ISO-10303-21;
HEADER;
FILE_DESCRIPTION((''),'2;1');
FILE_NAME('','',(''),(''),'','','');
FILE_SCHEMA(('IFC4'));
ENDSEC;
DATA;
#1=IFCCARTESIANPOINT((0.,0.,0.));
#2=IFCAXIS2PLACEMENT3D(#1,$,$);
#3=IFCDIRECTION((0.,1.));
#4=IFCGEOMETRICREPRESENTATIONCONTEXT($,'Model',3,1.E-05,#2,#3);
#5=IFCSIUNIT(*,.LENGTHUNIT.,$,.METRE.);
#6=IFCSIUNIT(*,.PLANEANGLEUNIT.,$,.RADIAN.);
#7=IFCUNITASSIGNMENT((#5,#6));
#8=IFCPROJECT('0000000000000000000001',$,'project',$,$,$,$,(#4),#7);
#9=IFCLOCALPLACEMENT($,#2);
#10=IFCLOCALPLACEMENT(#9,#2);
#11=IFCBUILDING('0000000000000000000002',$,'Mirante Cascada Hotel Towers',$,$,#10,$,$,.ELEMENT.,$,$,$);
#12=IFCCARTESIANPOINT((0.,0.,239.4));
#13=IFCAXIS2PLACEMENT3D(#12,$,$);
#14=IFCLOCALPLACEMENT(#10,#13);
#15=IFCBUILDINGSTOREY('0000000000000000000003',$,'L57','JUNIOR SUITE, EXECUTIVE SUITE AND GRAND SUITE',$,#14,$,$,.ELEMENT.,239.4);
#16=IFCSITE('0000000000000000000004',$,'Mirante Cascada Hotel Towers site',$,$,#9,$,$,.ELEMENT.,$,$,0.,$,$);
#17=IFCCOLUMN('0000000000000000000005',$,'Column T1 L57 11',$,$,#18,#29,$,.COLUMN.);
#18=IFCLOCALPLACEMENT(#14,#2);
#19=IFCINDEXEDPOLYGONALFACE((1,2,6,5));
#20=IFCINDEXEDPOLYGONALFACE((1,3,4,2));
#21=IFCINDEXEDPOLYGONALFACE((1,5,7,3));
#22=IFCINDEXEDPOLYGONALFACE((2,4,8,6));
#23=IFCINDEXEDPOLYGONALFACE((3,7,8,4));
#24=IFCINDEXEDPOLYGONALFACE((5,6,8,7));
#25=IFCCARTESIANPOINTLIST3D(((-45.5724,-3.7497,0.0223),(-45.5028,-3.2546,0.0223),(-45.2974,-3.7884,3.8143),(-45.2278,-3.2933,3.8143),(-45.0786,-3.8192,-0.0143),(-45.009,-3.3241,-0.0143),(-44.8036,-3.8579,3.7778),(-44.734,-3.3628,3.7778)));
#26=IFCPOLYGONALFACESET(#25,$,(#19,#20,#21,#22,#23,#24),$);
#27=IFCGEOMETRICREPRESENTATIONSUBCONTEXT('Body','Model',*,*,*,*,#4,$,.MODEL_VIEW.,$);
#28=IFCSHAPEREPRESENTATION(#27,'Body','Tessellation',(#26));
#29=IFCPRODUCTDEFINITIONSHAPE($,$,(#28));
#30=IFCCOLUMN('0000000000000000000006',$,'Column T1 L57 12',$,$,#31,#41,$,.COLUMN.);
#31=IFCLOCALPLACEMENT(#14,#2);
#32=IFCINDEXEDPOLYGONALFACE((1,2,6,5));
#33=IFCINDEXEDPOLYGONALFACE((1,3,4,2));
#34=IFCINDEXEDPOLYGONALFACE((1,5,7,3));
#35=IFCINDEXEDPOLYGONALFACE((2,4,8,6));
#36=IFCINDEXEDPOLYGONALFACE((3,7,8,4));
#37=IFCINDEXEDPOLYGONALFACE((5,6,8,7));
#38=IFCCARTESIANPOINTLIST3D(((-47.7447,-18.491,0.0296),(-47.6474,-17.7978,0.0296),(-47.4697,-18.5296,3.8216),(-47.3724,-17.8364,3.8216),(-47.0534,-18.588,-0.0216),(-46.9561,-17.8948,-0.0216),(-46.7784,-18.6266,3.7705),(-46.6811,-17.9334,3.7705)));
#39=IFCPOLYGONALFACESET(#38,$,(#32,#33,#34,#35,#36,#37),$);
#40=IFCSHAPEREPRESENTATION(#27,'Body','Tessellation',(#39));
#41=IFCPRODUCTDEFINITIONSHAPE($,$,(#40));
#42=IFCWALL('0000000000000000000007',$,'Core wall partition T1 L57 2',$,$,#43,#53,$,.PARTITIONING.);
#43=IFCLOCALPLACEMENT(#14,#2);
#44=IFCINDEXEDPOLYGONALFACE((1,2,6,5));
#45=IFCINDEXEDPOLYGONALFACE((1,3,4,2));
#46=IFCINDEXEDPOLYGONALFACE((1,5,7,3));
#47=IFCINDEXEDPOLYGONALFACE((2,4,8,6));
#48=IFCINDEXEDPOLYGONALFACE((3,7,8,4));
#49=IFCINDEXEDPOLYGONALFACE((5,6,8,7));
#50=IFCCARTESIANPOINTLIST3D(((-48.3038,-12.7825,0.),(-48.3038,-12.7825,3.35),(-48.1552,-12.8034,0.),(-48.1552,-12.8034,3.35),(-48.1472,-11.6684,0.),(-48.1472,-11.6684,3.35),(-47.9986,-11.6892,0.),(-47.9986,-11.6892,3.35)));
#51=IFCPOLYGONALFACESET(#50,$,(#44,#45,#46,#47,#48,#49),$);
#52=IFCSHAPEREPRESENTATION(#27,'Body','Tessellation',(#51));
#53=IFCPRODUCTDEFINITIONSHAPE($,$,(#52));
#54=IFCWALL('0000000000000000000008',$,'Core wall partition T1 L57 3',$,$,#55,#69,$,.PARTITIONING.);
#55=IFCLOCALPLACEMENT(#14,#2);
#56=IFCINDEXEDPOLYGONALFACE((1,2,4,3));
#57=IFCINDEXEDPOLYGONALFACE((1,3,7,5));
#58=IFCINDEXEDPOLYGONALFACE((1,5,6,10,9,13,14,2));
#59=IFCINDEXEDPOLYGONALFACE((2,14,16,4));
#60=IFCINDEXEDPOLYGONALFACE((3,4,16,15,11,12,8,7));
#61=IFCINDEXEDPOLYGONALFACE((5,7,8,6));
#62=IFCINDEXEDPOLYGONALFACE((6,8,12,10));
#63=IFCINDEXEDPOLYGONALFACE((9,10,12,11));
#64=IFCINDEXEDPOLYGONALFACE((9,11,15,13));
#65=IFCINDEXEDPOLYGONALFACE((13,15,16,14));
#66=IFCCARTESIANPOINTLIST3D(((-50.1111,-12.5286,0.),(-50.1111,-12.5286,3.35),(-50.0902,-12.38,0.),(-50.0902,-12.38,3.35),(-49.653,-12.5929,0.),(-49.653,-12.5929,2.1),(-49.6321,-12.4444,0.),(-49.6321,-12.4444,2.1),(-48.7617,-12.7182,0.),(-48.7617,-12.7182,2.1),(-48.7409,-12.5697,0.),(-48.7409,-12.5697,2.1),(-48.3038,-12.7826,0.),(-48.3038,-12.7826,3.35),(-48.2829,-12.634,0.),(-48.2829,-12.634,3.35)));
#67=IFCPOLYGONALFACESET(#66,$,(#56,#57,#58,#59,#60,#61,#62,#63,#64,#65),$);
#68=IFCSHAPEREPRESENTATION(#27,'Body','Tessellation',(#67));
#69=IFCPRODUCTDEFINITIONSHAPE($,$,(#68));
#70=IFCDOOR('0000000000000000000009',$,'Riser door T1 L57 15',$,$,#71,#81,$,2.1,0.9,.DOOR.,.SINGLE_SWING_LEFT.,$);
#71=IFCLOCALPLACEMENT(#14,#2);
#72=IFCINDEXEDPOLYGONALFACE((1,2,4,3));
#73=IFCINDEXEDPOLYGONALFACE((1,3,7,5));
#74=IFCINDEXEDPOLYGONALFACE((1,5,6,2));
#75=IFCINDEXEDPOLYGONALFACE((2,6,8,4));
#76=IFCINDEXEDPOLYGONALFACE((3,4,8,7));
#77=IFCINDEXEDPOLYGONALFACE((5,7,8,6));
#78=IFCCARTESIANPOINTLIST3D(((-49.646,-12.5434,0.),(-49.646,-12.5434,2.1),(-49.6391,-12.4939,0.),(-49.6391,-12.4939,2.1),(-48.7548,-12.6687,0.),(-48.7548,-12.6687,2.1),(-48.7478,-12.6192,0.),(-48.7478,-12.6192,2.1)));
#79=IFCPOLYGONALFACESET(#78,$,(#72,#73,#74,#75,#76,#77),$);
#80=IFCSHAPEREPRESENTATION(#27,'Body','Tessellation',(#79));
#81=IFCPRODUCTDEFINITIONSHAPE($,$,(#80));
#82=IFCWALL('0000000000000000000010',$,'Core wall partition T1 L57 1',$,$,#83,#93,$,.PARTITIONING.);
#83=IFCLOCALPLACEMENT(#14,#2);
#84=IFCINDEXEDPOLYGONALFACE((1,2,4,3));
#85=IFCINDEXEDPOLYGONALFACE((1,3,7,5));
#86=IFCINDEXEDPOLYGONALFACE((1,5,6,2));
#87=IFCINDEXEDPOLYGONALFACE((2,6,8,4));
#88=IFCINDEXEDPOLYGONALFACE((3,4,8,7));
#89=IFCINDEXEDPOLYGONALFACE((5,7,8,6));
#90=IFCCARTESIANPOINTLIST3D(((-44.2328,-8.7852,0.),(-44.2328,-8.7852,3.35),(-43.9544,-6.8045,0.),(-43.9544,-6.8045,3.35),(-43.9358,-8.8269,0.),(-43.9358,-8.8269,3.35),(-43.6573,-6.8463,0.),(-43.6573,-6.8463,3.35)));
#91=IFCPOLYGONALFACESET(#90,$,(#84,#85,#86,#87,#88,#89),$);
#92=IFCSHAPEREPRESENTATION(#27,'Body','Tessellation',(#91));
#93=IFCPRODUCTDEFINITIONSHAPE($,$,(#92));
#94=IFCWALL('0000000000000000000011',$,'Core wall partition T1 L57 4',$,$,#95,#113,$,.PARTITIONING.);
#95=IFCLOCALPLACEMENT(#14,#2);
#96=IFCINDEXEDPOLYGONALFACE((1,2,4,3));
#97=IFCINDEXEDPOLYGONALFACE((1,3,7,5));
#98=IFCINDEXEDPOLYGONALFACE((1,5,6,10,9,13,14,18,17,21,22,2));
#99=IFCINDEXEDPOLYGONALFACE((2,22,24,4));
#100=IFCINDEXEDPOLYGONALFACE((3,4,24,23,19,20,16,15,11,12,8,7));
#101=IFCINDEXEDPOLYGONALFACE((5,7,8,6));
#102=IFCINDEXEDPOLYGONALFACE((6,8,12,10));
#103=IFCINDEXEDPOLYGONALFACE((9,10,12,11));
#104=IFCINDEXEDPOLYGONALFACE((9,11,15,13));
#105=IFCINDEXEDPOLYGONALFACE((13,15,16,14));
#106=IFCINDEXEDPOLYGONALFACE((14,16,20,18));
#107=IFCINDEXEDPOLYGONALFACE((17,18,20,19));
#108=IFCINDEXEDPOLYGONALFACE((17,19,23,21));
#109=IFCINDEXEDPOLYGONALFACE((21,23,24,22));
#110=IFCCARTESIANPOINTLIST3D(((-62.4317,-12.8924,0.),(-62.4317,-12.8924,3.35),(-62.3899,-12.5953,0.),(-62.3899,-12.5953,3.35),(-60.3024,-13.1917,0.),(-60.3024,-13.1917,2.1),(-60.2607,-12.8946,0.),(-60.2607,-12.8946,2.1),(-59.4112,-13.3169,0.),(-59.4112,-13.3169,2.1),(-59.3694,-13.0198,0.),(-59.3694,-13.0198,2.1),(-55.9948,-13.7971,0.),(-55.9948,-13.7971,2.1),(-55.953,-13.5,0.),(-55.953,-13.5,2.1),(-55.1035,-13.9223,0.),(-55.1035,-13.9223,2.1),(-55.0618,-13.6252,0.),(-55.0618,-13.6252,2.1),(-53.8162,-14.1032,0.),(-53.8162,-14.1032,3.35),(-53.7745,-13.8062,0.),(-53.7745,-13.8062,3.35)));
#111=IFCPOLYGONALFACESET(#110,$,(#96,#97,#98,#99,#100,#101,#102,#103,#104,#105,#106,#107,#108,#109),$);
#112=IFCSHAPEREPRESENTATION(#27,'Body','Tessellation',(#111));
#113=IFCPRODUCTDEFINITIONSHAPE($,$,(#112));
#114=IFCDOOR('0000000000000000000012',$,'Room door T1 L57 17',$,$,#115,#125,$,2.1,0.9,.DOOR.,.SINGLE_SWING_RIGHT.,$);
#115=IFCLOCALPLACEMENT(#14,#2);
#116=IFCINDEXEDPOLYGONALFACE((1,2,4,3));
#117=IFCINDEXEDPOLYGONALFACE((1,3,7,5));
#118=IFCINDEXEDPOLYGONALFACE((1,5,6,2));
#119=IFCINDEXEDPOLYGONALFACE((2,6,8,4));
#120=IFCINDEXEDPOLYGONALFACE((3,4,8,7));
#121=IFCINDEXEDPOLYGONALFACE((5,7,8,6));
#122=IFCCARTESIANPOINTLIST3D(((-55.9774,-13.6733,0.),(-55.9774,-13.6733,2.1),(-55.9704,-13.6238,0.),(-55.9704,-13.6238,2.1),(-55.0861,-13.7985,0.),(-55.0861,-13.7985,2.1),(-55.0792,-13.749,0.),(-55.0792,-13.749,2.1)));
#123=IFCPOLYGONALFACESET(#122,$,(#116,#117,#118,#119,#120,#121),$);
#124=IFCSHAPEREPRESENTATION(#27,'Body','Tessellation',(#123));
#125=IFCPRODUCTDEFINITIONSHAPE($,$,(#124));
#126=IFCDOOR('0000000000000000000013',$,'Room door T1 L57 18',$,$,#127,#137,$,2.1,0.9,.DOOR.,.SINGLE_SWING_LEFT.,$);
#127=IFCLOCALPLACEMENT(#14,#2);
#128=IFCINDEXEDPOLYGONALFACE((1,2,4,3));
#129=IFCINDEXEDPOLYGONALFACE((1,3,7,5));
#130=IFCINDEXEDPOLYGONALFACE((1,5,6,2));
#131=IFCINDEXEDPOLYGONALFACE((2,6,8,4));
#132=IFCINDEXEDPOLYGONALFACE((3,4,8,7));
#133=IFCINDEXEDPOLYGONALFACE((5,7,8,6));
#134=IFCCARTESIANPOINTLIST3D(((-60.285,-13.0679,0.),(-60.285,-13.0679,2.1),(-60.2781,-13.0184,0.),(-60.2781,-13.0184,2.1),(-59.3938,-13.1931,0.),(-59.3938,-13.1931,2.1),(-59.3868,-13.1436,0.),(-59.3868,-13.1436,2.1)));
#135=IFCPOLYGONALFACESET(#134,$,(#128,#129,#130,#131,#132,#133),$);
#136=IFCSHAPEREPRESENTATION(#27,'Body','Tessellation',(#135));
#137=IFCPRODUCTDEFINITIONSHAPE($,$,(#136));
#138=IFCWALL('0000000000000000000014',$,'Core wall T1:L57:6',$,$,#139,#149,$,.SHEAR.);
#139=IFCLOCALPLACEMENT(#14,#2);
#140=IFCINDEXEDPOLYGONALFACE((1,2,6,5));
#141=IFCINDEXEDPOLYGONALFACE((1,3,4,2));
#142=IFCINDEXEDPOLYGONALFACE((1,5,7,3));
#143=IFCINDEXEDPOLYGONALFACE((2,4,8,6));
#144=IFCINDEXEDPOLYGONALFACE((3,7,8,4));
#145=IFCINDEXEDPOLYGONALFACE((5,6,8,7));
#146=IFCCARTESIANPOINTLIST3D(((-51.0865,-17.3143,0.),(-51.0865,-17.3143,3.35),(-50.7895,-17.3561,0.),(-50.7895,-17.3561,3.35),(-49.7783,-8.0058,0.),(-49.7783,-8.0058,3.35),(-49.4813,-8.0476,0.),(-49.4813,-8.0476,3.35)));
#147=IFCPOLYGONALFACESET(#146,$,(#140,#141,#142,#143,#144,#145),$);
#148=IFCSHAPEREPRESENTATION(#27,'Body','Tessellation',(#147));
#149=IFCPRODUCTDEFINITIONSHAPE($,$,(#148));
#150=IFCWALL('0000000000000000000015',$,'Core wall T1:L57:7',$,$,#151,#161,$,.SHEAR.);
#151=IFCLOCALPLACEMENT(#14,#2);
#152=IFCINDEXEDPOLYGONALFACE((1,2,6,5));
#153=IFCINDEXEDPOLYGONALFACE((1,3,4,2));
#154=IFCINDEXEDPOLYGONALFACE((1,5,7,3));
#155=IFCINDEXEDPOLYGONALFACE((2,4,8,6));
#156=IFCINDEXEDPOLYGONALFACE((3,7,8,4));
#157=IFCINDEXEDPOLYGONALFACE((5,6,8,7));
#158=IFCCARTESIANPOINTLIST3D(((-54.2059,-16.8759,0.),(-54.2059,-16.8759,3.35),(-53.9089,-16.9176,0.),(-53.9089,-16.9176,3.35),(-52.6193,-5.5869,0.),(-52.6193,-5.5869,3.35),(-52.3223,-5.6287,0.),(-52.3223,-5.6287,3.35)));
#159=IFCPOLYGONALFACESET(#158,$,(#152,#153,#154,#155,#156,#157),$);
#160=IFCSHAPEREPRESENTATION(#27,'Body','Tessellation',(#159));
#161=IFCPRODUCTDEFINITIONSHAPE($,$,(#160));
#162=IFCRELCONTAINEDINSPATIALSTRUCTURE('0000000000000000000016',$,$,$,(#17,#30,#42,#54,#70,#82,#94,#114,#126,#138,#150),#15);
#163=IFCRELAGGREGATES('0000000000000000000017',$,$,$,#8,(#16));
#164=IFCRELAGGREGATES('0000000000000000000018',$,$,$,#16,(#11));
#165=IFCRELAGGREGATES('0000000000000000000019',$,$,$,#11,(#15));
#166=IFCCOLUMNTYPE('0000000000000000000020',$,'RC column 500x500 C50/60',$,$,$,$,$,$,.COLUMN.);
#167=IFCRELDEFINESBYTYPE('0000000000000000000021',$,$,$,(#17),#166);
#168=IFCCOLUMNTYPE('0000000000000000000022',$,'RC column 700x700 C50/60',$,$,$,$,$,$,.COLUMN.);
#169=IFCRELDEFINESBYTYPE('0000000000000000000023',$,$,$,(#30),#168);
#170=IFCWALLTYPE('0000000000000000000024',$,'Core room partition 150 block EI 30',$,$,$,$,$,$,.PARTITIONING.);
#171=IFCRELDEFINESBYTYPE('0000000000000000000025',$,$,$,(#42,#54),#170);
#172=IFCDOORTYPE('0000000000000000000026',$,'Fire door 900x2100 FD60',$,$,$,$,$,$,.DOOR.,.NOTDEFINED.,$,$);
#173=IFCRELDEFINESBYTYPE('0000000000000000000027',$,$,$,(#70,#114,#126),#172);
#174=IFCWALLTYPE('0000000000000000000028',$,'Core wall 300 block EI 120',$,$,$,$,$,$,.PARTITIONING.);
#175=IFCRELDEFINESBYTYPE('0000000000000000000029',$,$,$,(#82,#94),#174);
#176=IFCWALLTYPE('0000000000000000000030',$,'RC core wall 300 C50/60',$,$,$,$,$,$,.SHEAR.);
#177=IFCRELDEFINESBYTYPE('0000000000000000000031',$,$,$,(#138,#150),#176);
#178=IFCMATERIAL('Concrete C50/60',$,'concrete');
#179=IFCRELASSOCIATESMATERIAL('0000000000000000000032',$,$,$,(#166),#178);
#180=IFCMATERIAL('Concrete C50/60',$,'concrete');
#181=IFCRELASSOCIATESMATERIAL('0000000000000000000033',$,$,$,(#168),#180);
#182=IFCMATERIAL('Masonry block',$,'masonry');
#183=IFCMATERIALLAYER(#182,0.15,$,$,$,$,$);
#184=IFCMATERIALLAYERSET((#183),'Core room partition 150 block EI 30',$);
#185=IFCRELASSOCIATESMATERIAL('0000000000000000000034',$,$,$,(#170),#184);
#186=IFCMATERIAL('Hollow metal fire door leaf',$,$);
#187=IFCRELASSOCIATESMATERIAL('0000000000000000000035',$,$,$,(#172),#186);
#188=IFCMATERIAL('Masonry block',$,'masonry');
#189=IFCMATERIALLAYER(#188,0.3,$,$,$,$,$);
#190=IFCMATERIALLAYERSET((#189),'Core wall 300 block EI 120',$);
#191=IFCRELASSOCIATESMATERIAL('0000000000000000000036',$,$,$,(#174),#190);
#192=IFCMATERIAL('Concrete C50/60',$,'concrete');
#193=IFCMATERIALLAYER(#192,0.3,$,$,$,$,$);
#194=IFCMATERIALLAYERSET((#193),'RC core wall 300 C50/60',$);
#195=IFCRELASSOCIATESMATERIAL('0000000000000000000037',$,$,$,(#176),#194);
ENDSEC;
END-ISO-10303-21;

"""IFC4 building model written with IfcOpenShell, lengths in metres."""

from ifc_helpers import new_model, si_unit, direction, frame, frame_2d, origin, origin_2d, place, context, subcontext, project, spatial, rectangle, extrude, material, layer, layer_set, material_profile, profile_set, type_object, element, fill, save


model = new_model("IFC4")

# Units and contexts
model_context = context("Model", 3, precision=1e-05, world=origin(), true_north=direction((0.0, 1.0)))
body_context = subcontext(model_context, "Body", "Model", "MODEL_VIEW")
ifc_project = project(units=[si_unit("LENGTHUNIT", "METRE"), si_unit("PLANEANGLEUNIT", "RADIAN")], contexts=[model_context])

# Site, building, storey
site_placement = place(None, origin())
site = spatial("IfcSite", under=ifc_project, at=site_placement, Name="Mirante Cascada Hotel Towers site", CompositionType="ELEMENT", RefElevation=0.0)
building_placement = place(site_placement, origin())
building = spatial("IfcBuilding", under=site, at=building_placement, Name="Mirante Cascada Hotel Towers", CompositionType="ELEMENT")
storey_placement = place(building_placement, frame((0.0, 0.0, 239.4)))
storey = spatial("IfcBuildingStorey", under=building, at=storey_placement, Name="L57", Description="JUNIOR SUITE, EXECUTIVE SUITE AND GRAND SUITE", CompositionType="ELEMENT", Elevation=239.4)

# Columns
ifc_material_1 = material(Name="Concrete C50/60", Category="concrete")
ifc_material_profile_1 = material_profile(ifc_material_1, rectangle(XDim=0.5, YDim=0.5, at=origin_2d()), Name="RC column 500x500 C50/60")
ifc_profile_set_1 = profile_set([ifc_material_profile_1], Name="Concrete C50/60")
column_type_1 = type_object("IfcColumnType", Name="RC column 500x500 C50/60", PredefinedType="COLUMN", material=ifc_profile_set_1)
column_1_placement = place(storey_placement, frame((-45.2907, -3.5369, 0.004), z_axis=(0.072327, -0.010178, 0.997329), x_axis=(0.139354, 0.990243, 0.0)))
element("IfcColumn", 1, at=column_1_placement, inside=storey, type_object=column_type_1, Name="Column T1 L57 11", PredefinedType="COLUMN", context=body_context, shape_type="SweptSolid", body=[
    extrude(rectangle(XDim=0.5, YDim=0.5, at=origin_2d()), origin(), (0.0, 0.0, 1.0), 3.8022),
])
ifc_material_2 = material(Name="Concrete C50/60", Category="concrete")
ifc_material_profile_2 = material_profile(ifc_material_2, rectangle(XDim=0.7, YDim=0.7, at=origin_2d()), Name="RC column 700x700 C50/60")
ifc_profile_set_2 = profile_set([ifc_material_profile_2], Name="Concrete C50/60")
column_type_2 = type_object("IfcColumnType", Name="RC column 700x700 C50/60", PredefinedType="COLUMN", material=ifc_profile_set_2)
column_2_placement = place(storey_placement, frame((-47.3504, -18.1929, 0.004), z_axis=(0.072327, -0.010152, 0.997329), x_axis=(0.139001, 0.990292, 0.0)))
element("IfcColumn", 2, at=column_2_placement, inside=storey, type_object=column_type_2, Name="Column T1 L57 12", PredefinedType="COLUMN", context=body_context, shape_type="SweptSolid", body=[
    extrude(rectangle(XDim=0.7, YDim=0.7, at=origin_2d()), origin(), (0.0, 0.0, 1.0), 3.8022),
])

# Wall
ifc_material_3 = material(Name="Masonry block", Category="masonry")
ifc_layer_1 = layer(ifc_material_3, 0.15)
ifc_layer_set_1 = layer_set([ifc_layer_1], Name="Core room partition 150 block EI 30")
wall_type_1 = type_object("IfcWallType", Name="Core room partition 150 block EI 30", PredefinedType="PARTITIONING", material=ifc_layer_set_1)
wall_1_placement = place(storey_placement, frame((-48.2295, -12.793, 0.0), z_axis=(0.0, 0.0, 1.0), x_axis=(0.139193, 0.990265, 0.0)))
element("IfcWall", 3, at=wall_1_placement, inside=storey, type_object=wall_type_1, Name="Core wall partition T1 L57 2", PredefinedType="PARTITIONING", context=body_context, shape_type="SweptSolid", body=[
    extrude(rectangle(XDim=1.1251, YDim=0.15, at=frame_2d((0.5626, 0.0))), origin(), (0.0, 0.0, 1.0), 3.35),
])

# Wall, opening, door
wall_2_placement = place(storey_placement, frame((-48.2933, -12.7083, 0.0), z_axis=(0.0, 0.0, 1.0), x_axis=(-0.990268, 0.139173, 0.0)))
wall_2 = element("IfcWall", 4, at=wall_2_placement, inside=storey, type_object=wall_type_1, Name="Core wall partition T1 L57 3", PredefinedType="PARTITIONING", context=body_context, shape_type="SweptSolid", body=[
    extrude(rectangle(XDim=1.8251, YDim=0.15, at=frame_2d((0.9126, 0.0))), origin(), (0.0, 0.0, 1.0), 3.35),
])
opening_1_placement = place(wall_2_placement, frame((0.4625, 0.0, 0.0)))
opening_1 = element("IfcOpeningElement", 5, at=opening_1_placement, cuts=wall_2, PredefinedType="OPENING", context=body_context, shape_type="SweptSolid", body=[
    extrude(rectangle(XDim=0.9, YDim=2.1, at=frame_2d((0.45, 1.05))), frame((0.0, 0.075, 0.0), z_axis=(0.0, -1.0, 0.0), x_axis=(1.0, 0.0, 0.0)), (0.0, 0.0, 1.0), 0.15),
])
ifc_material_4 = material(Name="Hollow metal fire door leaf")
door_type_1 = type_object("IfcDoorType", Name="Fire door 900x2100 FD60", OperationType="NOTDEFINED", PredefinedType="DOOR", material=ifc_material_4)
door_1_placement = place(opening_1_placement, origin())
door_1 = element("IfcDoor", 6, at=door_1_placement, inside=storey, type_object=door_type_1, Name="Riser door T1 L57 15", OperationType="SINGLE_SWING_LEFT", OverallHeight=2.1, OverallWidth=0.9, PredefinedType="DOOR", context=body_context, shape_type="SweptSolid", body=[
    extrude(rectangle(XDim=0.9, YDim=2.1, at=frame_2d((0.45, 1.05))), frame((0.0, 0.025, 0.0), z_axis=(0.0, -1.0, 0.0), x_axis=(1.0, 0.0, 0.0)), (0.0, 0.0, 1.0), 0.05),
])
fill(opening_1, door_1)

# Wall
ifc_material_5 = material(Name="Masonry block", Category="masonry")
ifc_layer_2 = layer(ifc_material_5, 0.3)
ifc_layer_set_2 = layer_set([ifc_layer_2], Name="Core wall 300 block EI 120")
wall_type_2 = type_object("IfcWallType", Name="Core wall 300 block EI 120", PredefinedType="PARTITIONING", material=ifc_layer_set_2)
wall_3_placement = place(storey_placement, frame((-44.0843, -8.8061, 0.0), z_axis=(0.0, 0.0, 1.0), x_axis=(0.139195, 0.990265, 0.0)))
element("IfcWall", 7, at=wall_3_placement, inside=storey, type_object=wall_type_2, Name="Core wall partition T1 L57 1", PredefinedType="PARTITIONING", context=body_context, shape_type="SweptSolid", body=[
    extrude(rectangle(XDim=2.0001, YDim=0.3, at=frame_2d((1.0001, 0.0))), origin(), (0.0, 0.0, 1.0), 3.35),
])

# Wall, openings, doors
wall_4_placement = place(storey_placement, frame((-53.7953, -13.9547, 0.0), z_axis=(0.0, 0.0, 1.0), x_axis=(-0.990268, 0.139171, 0.0)))
wall_4 = element("IfcWall", 8, at=wall_4_placement, inside=storey, type_object=wall_type_2, Name="Core wall partition T1 L57 4", PredefinedType="PARTITIONING", context=body_context, shape_type="SweptSolid", body=[
    extrude(rectangle(XDim=8.7001, YDim=0.3, at=frame_2d((4.3501, 0.0))), origin(), (0.0, 0.0, 1.0), 3.35),
])
opening_2_placement = place(wall_4_placement, frame((1.3, 0.0, 0.0)))
opening_2 = element("IfcOpeningElement", 9, at=opening_2_placement, cuts=wall_4, PredefinedType="OPENING", context=body_context, shape_type="SweptSolid", body=[
    extrude(rectangle(XDim=0.9, YDim=2.1, at=frame_2d((0.45, 1.05))), frame((0.0, 0.15, 0.0), z_axis=(0.0, -1.0, 0.0), x_axis=(1.0, 0.0, 0.0)), (0.0, 0.0, 1.0), 0.3),
])
opening_3_placement = place(wall_4_placement, frame((5.65, 0.0, 0.0)))
opening_3 = element("IfcOpeningElement", 10, at=opening_3_placement, cuts=wall_4, PredefinedType="OPENING", context=body_context, shape_type="SweptSolid", body=[
    extrude(rectangle(XDim=0.9, YDim=2.1, at=frame_2d((0.45, 1.05))), frame((0.0, 0.15, 0.0), z_axis=(0.0, -1.0, 0.0), x_axis=(1.0, 0.0, 0.0)), (0.0, 0.0, 1.0), 0.3),
])
door_2_placement = place(opening_2_placement, origin())
door_2 = element("IfcDoor", 11, at=door_2_placement, inside=storey, type_object=door_type_1, Name="Room door T1 L57 17", OperationType="SINGLE_SWING_RIGHT", OverallHeight=2.1, OverallWidth=0.9, PredefinedType="DOOR", context=body_context, shape_type="SweptSolid", body=[
    extrude(rectangle(XDim=0.9, YDim=2.1, at=frame_2d((0.45, 1.05))), frame((0.0, 0.025, 0.0), z_axis=(0.0, -1.0, 0.0), x_axis=(1.0, 0.0, 0.0)), (0.0, 0.0, 1.0), 0.05),
])
fill(opening_2, door_2)
door_3_placement = place(opening_3_placement, origin())
door_3 = element("IfcDoor", 12, at=door_3_placement, inside=storey, type_object=door_type_1, Name="Room door T1 L57 18", OperationType="SINGLE_SWING_LEFT", OverallHeight=2.1, OverallWidth=0.9, PredefinedType="DOOR", context=body_context, shape_type="SweptSolid", body=[
    extrude(rectangle(XDim=0.9, YDim=2.1, at=frame_2d((0.45, 1.05))), frame((0.0, 0.025, 0.0), z_axis=(0.0, -1.0, 0.0), x_axis=(1.0, 0.0, 0.0)), (0.0, 0.0, 1.0), 0.05),
])
fill(opening_3, door_3)

# Walls
ifc_material_6 = material(Name="Concrete C50/60", Category="concrete")
ifc_layer_3 = layer(ifc_material_6, 0.3)
ifc_layer_set_3 = layer_set([ifc_layer_3], Name="RC core wall 300 C50/60")
wall_type_3 = type_object("IfcWallType", Name="RC core wall 300 C50/60", PredefinedType="SHEAR", material=ifc_layer_set_3)
wall_5_placement = place(storey_placement, frame((-50.938, -17.3352, 0.0), z_axis=(0.0, 0.0, 1.0), x_axis=(0.139171, 0.990268, 0.0)))
element("IfcWall", 13, at=wall_5_placement, inside=storey, type_object=wall_type_3, Name="Core wall T1:L57:6", PredefinedType="SHEAR", context=body_context, shape_type="SweptSolid", body=[
    extrude(rectangle(XDim=9.4, YDim=0.3, at=frame_2d((4.7, 0.0))), origin(), (0.0, 0.0, 1.0), 3.35),
])
wall_6_placement = place(storey_placement, frame((-54.0574, -16.8968, 0.0), z_axis=(0.0, 0.0, 1.0), x_axis=(0.139176, 0.990268, 0.0)))
element("IfcWall", 14, at=wall_6_placement, inside=storey, type_object=wall_type_3, Name="Core wall T1:L57:7", PredefinedType="SHEAR", context=body_context, shape_type="SweptSolid", body=[
    extrude(rectangle(XDim=11.3999, YDim=0.3, at=frame_2d((5.7, 0.0))), origin(), (0.0, 0.0, 1.0), 3.35),
])

save(model, "model.ifc")
